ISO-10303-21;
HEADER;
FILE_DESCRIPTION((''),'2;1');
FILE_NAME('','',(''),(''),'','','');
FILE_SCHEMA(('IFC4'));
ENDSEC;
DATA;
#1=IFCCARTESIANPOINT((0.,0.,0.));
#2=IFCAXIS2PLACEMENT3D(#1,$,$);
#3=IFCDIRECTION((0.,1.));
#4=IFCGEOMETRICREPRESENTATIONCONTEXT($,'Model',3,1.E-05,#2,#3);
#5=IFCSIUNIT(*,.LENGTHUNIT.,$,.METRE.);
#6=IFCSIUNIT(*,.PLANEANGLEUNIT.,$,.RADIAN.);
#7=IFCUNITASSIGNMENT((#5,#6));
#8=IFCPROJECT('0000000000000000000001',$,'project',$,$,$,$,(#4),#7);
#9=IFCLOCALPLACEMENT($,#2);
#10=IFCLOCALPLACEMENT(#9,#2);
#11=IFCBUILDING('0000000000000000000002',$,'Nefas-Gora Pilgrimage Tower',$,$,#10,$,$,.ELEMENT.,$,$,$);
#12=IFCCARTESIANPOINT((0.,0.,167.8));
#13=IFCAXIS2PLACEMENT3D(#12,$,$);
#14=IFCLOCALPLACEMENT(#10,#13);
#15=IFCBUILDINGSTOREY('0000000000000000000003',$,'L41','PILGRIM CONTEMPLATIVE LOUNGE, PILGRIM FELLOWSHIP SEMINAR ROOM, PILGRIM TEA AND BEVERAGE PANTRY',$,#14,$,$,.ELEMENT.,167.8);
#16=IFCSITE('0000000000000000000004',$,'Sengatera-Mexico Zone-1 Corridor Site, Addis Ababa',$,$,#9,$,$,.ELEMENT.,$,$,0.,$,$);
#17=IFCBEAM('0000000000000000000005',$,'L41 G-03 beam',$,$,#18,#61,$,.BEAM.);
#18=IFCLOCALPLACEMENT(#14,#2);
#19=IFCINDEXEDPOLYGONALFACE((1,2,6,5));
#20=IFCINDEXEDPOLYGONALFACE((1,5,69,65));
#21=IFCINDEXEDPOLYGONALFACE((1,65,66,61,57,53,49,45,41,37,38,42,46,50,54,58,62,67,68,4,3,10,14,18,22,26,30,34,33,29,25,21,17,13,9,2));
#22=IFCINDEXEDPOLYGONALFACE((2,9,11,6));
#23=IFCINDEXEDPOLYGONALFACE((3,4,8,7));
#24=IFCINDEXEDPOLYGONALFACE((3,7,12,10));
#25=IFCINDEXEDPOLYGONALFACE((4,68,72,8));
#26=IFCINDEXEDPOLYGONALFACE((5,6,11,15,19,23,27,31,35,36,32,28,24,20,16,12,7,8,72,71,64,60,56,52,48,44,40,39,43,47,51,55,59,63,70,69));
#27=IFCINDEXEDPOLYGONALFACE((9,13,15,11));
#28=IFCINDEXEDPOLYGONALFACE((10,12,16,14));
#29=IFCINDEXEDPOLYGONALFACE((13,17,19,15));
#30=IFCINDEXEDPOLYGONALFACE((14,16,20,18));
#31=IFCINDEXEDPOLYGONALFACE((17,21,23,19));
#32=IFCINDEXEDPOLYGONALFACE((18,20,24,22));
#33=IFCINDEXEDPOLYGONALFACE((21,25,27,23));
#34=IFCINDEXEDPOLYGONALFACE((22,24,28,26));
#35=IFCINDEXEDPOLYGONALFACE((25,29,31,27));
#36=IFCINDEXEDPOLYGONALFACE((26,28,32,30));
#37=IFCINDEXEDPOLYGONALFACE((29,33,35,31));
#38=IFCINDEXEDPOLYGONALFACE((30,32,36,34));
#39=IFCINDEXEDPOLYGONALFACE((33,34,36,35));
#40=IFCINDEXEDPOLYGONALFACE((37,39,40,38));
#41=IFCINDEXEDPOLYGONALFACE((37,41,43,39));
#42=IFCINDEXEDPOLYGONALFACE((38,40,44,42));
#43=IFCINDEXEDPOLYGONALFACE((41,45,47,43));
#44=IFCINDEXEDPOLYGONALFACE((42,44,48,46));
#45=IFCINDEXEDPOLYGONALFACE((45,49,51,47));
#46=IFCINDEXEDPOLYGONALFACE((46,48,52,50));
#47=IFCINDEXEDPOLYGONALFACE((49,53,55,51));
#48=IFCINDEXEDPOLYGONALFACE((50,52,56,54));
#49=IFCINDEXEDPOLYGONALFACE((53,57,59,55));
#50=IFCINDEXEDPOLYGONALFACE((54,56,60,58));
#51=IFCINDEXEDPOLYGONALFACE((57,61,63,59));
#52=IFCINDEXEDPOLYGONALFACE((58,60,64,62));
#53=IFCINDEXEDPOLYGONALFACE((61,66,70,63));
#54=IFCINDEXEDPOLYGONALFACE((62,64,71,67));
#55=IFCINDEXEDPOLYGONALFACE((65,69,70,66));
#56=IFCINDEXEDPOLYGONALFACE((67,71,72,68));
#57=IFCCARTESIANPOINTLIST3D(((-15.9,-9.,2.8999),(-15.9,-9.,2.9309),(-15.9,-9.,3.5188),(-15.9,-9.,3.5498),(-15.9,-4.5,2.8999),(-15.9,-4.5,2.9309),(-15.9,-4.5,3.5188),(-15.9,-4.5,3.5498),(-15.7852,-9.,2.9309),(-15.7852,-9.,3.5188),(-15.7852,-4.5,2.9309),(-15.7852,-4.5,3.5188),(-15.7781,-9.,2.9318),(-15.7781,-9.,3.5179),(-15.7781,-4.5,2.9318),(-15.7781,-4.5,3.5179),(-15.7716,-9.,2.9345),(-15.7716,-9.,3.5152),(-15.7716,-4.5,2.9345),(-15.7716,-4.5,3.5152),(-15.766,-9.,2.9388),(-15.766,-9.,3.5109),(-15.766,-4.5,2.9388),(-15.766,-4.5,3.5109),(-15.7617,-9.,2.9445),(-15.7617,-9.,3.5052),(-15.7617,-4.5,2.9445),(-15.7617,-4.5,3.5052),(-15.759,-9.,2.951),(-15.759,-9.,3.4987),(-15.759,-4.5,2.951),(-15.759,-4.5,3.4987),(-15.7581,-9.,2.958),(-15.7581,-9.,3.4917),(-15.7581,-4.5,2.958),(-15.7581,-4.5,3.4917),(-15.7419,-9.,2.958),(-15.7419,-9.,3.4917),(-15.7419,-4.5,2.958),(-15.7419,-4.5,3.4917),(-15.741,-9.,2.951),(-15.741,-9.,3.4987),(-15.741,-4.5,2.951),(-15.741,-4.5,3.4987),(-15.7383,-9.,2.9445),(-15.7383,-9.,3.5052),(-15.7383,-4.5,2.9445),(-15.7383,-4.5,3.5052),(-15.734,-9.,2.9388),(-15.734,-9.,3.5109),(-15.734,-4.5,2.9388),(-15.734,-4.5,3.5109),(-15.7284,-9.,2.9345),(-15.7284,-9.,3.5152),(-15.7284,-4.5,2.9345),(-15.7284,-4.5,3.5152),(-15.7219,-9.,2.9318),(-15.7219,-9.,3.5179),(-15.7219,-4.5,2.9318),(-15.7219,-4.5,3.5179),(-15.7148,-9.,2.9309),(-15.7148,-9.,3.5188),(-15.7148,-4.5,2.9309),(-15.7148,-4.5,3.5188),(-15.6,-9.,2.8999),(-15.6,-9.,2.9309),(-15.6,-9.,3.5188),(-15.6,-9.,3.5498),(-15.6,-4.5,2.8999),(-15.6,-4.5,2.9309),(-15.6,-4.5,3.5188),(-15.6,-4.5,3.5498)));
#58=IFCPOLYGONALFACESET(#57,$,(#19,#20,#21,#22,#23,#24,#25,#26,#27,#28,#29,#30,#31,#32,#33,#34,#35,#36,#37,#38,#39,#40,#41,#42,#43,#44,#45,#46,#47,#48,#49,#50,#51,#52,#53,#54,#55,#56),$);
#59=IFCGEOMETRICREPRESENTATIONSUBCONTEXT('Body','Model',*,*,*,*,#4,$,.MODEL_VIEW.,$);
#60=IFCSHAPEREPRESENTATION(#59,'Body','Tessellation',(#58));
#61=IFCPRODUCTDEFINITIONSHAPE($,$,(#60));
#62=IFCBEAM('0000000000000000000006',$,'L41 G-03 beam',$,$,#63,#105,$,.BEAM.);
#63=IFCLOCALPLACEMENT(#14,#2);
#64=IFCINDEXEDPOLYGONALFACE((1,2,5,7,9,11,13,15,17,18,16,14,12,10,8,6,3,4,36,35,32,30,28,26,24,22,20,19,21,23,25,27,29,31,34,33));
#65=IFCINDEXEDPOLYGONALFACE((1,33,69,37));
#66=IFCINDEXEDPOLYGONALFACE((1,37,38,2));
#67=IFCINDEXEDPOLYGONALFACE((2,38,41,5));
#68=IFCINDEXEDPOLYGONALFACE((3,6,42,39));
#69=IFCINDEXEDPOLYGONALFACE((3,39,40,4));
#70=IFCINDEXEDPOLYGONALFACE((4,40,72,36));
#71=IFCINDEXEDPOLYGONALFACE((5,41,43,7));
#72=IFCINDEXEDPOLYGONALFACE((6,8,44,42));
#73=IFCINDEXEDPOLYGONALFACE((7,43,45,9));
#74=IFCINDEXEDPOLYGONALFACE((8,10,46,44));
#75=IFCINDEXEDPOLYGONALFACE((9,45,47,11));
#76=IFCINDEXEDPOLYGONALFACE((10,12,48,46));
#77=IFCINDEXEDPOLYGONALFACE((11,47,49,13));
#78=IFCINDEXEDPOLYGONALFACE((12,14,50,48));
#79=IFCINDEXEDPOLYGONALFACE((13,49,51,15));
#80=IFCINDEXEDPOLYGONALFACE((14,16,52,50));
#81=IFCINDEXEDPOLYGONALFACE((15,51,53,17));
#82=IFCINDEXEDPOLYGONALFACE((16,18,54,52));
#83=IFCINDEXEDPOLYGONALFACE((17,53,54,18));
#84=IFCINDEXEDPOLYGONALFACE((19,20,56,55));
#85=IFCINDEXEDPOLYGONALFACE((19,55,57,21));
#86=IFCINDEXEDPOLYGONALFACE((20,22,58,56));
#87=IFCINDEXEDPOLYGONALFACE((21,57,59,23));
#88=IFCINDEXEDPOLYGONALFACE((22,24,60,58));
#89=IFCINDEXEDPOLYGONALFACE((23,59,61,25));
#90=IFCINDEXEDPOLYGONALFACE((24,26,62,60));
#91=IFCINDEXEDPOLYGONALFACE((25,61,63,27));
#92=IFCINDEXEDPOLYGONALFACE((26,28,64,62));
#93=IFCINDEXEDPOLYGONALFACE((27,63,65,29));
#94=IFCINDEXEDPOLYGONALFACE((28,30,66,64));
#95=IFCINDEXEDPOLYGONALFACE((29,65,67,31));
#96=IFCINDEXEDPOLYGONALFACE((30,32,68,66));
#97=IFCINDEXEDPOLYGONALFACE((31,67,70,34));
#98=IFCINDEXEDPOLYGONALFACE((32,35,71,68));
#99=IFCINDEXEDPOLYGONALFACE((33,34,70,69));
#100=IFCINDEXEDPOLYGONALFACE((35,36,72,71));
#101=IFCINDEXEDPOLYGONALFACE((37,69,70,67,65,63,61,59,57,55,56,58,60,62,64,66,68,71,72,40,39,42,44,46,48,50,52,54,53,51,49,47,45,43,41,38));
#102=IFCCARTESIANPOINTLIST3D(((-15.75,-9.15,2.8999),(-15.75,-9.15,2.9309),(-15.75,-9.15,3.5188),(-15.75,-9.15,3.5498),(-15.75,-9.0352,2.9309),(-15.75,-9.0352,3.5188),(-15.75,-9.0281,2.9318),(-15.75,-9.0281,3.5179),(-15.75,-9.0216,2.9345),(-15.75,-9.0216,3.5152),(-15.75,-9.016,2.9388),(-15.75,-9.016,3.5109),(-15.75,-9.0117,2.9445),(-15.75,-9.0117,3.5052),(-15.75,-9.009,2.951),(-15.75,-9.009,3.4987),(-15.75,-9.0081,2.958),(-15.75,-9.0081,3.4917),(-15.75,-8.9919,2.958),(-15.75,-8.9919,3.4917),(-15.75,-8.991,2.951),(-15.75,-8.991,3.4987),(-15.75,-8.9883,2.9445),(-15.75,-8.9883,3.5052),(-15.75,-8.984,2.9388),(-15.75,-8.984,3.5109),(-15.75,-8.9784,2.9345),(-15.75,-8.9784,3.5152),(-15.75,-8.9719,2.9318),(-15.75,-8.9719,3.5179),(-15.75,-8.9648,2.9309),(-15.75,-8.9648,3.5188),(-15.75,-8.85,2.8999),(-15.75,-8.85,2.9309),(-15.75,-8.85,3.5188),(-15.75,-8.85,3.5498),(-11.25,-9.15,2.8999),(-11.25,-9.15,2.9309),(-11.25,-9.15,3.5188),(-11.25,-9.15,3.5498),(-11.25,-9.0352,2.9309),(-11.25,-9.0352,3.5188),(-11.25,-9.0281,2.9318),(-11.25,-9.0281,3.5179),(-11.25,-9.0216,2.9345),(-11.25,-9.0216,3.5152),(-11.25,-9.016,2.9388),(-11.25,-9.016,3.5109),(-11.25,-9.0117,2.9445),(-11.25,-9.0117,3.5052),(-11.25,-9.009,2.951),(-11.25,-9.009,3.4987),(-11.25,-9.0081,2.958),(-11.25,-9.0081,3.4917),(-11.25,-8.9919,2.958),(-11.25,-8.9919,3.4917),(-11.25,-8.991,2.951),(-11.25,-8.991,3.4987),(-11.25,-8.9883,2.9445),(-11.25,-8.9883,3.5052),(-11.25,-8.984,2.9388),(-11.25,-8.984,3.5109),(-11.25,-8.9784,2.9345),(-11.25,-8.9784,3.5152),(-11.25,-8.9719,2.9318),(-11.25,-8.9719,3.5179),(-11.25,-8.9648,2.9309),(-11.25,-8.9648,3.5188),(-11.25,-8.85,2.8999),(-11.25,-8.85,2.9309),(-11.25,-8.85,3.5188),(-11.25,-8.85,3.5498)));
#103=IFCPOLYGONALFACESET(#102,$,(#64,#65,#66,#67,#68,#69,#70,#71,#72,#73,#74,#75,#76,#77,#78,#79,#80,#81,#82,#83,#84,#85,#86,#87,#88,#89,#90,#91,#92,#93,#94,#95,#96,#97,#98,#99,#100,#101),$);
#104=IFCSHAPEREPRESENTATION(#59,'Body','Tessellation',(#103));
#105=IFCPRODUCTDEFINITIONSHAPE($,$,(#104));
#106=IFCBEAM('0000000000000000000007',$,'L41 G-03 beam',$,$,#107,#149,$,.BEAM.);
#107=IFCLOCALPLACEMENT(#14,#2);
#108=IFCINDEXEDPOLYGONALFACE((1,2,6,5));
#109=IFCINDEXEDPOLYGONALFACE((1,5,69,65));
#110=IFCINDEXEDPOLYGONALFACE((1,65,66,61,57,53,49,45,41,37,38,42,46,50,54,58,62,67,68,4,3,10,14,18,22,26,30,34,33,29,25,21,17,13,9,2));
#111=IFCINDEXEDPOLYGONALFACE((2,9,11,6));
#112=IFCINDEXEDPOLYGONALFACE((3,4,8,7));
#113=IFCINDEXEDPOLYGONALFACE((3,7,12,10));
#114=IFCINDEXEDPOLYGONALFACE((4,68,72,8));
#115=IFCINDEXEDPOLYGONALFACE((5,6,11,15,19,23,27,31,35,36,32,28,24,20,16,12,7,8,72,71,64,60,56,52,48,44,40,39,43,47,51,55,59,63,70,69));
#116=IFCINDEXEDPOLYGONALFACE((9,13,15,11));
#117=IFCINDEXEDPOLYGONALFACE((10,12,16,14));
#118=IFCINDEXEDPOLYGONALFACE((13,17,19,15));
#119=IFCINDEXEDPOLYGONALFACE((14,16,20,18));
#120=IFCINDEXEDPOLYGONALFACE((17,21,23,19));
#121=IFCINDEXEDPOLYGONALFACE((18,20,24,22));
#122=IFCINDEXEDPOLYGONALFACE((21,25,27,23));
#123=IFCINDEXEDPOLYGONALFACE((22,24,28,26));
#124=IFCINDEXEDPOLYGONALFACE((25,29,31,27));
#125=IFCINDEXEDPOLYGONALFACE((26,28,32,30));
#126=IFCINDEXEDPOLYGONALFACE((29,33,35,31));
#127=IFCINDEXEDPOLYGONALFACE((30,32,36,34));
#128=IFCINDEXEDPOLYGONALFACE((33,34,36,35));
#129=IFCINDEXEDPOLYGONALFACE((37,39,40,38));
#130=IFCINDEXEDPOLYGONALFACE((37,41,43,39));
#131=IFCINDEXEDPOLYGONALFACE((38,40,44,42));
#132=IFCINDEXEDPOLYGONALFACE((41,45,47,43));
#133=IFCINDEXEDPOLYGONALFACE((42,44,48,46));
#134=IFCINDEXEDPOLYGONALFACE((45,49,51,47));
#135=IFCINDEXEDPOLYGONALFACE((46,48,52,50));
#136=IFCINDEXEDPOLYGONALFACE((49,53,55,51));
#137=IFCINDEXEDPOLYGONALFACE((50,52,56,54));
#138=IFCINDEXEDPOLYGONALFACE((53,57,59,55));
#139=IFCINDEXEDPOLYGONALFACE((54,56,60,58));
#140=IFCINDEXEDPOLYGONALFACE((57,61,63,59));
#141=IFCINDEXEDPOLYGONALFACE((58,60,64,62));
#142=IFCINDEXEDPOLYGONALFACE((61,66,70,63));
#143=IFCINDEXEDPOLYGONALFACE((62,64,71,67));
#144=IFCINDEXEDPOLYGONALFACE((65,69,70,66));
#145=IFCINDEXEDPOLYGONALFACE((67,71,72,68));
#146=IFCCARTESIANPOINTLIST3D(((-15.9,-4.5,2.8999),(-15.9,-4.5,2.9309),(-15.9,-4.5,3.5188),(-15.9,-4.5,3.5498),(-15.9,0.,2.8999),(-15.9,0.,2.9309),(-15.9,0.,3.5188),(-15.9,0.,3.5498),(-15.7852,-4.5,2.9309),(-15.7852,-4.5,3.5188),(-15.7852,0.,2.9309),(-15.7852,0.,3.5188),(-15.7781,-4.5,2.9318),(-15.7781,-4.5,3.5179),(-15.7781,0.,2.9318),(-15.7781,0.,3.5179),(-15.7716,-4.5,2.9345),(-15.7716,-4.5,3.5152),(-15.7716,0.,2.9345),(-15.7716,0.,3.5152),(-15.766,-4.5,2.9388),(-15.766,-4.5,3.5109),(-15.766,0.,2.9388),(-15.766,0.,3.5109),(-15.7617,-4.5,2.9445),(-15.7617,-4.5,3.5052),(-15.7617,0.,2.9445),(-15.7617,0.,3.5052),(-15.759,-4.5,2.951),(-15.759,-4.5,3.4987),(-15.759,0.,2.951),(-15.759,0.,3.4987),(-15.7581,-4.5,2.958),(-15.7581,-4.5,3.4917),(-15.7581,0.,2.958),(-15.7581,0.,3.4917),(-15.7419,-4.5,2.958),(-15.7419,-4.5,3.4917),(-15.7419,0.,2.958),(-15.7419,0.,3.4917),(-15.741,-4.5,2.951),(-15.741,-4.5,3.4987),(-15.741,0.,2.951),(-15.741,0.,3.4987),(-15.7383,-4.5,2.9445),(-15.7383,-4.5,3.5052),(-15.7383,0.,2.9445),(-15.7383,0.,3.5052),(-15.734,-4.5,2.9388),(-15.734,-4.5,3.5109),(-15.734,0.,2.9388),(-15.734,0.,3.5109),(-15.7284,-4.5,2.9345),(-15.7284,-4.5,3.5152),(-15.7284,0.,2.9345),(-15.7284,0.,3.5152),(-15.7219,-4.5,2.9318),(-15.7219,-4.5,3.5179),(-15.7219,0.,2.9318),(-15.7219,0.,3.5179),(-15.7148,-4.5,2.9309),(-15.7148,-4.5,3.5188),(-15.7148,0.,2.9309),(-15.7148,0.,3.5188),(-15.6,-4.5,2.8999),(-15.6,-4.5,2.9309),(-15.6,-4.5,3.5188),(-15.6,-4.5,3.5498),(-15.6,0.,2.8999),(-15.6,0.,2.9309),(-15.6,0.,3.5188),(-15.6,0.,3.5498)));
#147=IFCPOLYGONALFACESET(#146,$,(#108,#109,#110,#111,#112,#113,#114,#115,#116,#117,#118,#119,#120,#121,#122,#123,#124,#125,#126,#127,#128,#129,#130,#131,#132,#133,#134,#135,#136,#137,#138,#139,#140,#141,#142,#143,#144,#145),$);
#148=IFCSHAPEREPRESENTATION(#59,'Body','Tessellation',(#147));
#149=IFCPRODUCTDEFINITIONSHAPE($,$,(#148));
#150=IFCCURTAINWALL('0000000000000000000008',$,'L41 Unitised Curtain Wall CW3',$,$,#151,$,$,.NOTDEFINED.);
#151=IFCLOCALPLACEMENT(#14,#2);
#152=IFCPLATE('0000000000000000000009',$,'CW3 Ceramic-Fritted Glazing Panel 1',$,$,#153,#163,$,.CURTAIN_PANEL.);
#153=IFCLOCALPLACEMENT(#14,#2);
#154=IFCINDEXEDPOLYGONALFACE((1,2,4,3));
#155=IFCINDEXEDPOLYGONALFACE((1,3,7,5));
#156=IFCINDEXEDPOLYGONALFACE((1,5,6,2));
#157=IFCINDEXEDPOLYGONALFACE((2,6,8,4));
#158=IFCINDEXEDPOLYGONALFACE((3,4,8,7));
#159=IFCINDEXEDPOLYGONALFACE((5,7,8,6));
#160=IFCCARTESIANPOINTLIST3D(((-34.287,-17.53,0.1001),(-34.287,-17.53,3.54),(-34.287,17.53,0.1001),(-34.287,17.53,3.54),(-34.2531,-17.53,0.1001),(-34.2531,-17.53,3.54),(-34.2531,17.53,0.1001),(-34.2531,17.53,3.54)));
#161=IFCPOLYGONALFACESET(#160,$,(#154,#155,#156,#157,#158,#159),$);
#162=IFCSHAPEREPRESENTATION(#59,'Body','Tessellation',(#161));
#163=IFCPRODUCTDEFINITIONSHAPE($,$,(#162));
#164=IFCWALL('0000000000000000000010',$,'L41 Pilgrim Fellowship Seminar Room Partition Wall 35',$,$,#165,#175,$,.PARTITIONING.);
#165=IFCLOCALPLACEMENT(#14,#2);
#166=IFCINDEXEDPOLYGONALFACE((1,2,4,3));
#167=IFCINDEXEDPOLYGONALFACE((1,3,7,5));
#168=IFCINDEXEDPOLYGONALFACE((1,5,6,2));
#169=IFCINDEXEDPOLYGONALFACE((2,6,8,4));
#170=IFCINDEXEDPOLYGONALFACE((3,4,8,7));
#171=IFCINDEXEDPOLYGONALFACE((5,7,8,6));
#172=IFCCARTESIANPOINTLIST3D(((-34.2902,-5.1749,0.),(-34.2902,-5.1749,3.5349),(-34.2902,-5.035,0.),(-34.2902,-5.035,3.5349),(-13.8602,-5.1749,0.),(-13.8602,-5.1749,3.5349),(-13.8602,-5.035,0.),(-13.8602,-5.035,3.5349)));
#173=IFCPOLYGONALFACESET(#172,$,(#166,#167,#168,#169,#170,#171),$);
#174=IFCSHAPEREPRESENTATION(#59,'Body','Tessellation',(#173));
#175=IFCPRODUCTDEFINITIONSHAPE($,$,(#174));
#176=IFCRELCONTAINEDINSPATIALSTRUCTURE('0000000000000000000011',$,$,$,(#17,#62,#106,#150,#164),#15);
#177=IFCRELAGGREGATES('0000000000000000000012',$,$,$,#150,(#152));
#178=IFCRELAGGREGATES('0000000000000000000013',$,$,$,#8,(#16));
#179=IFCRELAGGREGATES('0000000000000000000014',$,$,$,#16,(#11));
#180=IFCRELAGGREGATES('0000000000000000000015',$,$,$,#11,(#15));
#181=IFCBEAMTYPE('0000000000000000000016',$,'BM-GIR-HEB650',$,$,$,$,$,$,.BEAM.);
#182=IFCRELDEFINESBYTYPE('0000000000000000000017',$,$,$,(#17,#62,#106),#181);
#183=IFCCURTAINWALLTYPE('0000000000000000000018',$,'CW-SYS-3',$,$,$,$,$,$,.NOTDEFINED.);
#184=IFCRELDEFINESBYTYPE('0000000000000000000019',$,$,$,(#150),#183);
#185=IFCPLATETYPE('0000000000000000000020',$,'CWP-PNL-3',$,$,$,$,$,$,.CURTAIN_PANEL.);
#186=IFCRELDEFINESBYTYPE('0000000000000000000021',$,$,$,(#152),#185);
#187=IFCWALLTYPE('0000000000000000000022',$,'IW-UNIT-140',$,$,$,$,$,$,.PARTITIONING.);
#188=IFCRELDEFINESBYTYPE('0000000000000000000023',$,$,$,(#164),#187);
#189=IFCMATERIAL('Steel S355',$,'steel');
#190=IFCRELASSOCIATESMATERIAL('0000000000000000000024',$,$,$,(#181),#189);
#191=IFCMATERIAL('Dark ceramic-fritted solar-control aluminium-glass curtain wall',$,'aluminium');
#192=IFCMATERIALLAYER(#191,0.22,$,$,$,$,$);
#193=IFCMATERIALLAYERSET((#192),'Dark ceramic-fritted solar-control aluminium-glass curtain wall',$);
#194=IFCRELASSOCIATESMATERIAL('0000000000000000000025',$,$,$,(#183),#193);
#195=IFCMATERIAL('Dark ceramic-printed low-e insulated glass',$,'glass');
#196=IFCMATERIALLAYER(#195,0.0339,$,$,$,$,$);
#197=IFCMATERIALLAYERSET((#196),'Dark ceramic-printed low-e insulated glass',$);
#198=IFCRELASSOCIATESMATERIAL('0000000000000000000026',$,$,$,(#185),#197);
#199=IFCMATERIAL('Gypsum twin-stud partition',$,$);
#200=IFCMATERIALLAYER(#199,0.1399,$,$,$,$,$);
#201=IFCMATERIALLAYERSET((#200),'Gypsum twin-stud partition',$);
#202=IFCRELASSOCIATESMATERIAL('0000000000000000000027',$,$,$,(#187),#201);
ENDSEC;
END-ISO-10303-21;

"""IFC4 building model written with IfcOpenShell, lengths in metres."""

from ifc_helpers import new_model, si_unit, direction, frame, frame_2d, origin, origin_2d, place, context, subcontext, project, spatial, rectangle, i_section, extrude, source, transform, mapped, material, layer, layer_set, material_profile, profile_set, type_object, element, aggregate, save


model = new_model("IFC4")

# Units and contexts
model_context = context("Model", 3, precision=1e-05, world=origin(), true_north=direction((0.0, 1.0)))
body_context = subcontext(model_context, "Body", "Model", "MODEL_VIEW")
ifc_project = project(units=[si_unit("LENGTHUNIT", "METRE"), si_unit("PLANEANGLEUNIT", "RADIAN")], contexts=[model_context])

# Site, building, storey
site_placement = place(None, origin())
site = spatial("IfcSite", under=ifc_project, at=site_placement, Name="Sengatera-Mexico Zone-1 Corridor Site, Addis Ababa", CompositionType="ELEMENT", RefElevation=0.0)
building_placement = place(site_placement, origin())
building = spatial("IfcBuilding", under=site, at=building_placement, Name="Nefas-Gora Pilgrimage Tower", CompositionType="ELEMENT")
storey_placement = place(building_placement, frame((0.0, 0.0, 167.8)))
storey = spatial("IfcBuildingStorey", under=building, at=storey_placement, Name="L41", Description="PILGRIM CONTEMPLATIVE LOUNGE, PILGRIM FELLOWSHIP SEMINAR ROOM, PILGRIM TEA AND BEVERAGE PANTRY", CompositionType="ELEMENT", Elevation=167.8)

# Beams
ifc_material_1 = material(Name="Steel S355", Category="steel")
ifc_material_profile_1 = material_profile(ifc_material_1, i_section(OverallWidth=0.3, OverallDepth=0.6499, WebThickness=0.0161, FlangeThickness=0.031, FilletRadius=0.0271, at=origin_2d()), Name="HEB 650")
ifc_profile_set_1 = profile_set([ifc_material_profile_1], Name="Steel S355")
beam_type_1 = type_object("IfcBeamType", Name="BM-GIR-HEB650", PredefinedType="BEAM", material=ifc_profile_set_1)
shared_shape_1 = source(origin(), body_context, "Body", "SweptSolid", [
    extrude(i_section(OverallWidth=0.3, OverallDepth=0.6499, WebThickness=0.0161, FlangeThickness=0.031, FilletRadius=0.0271, at=origin_2d()), origin(), (0.0, 0.0, 1.0), 4.5),
])
for number, where, z_axis, x_axis, name in (
    (1, (-15.75, -9.0, 3.2249), (0.0, 1.0, 0.0), (-1.0, 0.0, 0.0), "L41 G-03 beam"),
    (2, (-15.75, -9.0, 3.2249), (1.0, 0.0, 0.0), (0.0, 1.0, 0.0), "L41 G-03 beam"),
    (3, (-15.75, -4.5, 3.2249), (0.0, 1.0, 0.0), (-1.0, 0.0, 0.0), "L41 G-03 beam"),
):
    element("IfcBeam", number, at=place(storey_placement, frame(where, z_axis=z_axis, x_axis=x_axis)), inside=storey, type_object=beam_type_1, Name=name, PredefinedType="BEAM", context=body_context, shape_type="MappedRepresentation", body=[
        mapped(shared_shape_1, transform((0.0, 0.0, 0.0), x_axis=(1.0, 0.0, 0.0), y_axis=(0.0, 1.0, 0.0), z_axis=(0.0, 0.0, 1.0), scale=1.0)),
    ])

# Curtain wall, plate
ifc_material_2 = material(Name="Dark ceramic-fritted solar-control aluminium-glass curtain wall", Category="aluminium")
ifc_layer_1 = layer(ifc_material_2, 0.22)
ifc_layer_set_1 = layer_set([ifc_layer_1], Name="Dark ceramic-fritted solar-control aluminium-glass curtain wall")
curtain_wall_type = type_object("IfcCurtainWallType", Name="CW-SYS-3", PredefinedType="NOTDEFINED", material=ifc_layer_set_1)
curtain_wall_placement = place(storey_placement, origin())
curtain_wall = element("IfcCurtainWall", 4, at=curtain_wall_placement, inside=storey, type_object=curtain_wall_type, Name="L41 Unitised Curtain Wall CW3", PredefinedType="NOTDEFINED")
ifc_material_3 = material(Name="Dark ceramic-printed low-e insulated glass", Category="glass")
ifc_layer_2 = layer(ifc_material_3, 0.0339)
ifc_layer_set_2 = layer_set([ifc_layer_2], Name="Dark ceramic-printed low-e insulated glass")
plate_type = type_object("IfcPlateType", Name="CWP-PNL-3", PredefinedType="CURTAIN_PANEL", material=ifc_layer_set_2)
shared_shape_2 = source(origin(), body_context, "Body", "SweptSolid", [
    extrude(rectangle(XDim=35.0601, YDim=0.0339, at=origin_2d()), origin(), (0.0, 0.0, 1.0), 3.4399),
])
plate_placement = place(storey_placement, frame((-34.27, 0.0, 0.1001), z_axis=(0.0, 0.0, 1.0), x_axis=(0.0, -1.0, 0.0)))
plate = element("IfcPlate", 5, at=plate_placement, type_object=plate_type, Name="CW3 Ceramic-Fritted Glazing Panel 1", PredefinedType="CURTAIN_PANEL", context=body_context, shape_type="MappedRepresentation", body=[
    mapped(shared_shape_2, transform((0.0, 0.0, 0.0), x_axis=(1.0, 0.0, 0.0), y_axis=(0.0, 1.0, 0.0), z_axis=(0.0, 0.0, 1.0), scale=1.0)),
])
aggregate(curtain_wall, [plate])

# Wall
ifc_material_4 = material(Name="Gypsum twin-stud partition")
ifc_layer_3 = layer(ifc_material_4, 0.1399)
ifc_layer_set_3 = layer_set([ifc_layer_3], Name="Gypsum twin-stud partition")
wall_type_1 = type_object("IfcWallType", Name="IW-UNIT-140", PredefinedType="PARTITIONING", material=ifc_layer_set_3)
shared_shape_3 = source(origin(), body_context, "Body", "SweptSolid", [
    extrude(rectangle(XDim=20.4299, YDim=0.1399, at=frame_2d((10.2148, 0.0))), origin(), (0.0, 0.0, 1.0), 3.5349),
])
wall_1_placement = place(storey_placement, frame((-34.29, -5.105, 0.0), z_axis=(0.0, 0.0, 1.0), x_axis=(1.0, 0.0, 0.0)))
element("IfcWall", 6, at=wall_1_placement, inside=storey, type_object=wall_type_1, Name="L41 Pilgrim Fellowship Seminar Room Partition Wall 35", PredefinedType="PARTITIONING", context=body_context, shape_type="MappedRepresentation", body=[
    mapped(shared_shape_3, transform((0.0, 0.0, 0.0), x_axis=(1.0, 0.0, 0.0), y_axis=(0.0, 1.0, 0.0), z_axis=(0.0, 0.0, 1.0), scale=1.0)),
])

save(model, "model.ifc")
